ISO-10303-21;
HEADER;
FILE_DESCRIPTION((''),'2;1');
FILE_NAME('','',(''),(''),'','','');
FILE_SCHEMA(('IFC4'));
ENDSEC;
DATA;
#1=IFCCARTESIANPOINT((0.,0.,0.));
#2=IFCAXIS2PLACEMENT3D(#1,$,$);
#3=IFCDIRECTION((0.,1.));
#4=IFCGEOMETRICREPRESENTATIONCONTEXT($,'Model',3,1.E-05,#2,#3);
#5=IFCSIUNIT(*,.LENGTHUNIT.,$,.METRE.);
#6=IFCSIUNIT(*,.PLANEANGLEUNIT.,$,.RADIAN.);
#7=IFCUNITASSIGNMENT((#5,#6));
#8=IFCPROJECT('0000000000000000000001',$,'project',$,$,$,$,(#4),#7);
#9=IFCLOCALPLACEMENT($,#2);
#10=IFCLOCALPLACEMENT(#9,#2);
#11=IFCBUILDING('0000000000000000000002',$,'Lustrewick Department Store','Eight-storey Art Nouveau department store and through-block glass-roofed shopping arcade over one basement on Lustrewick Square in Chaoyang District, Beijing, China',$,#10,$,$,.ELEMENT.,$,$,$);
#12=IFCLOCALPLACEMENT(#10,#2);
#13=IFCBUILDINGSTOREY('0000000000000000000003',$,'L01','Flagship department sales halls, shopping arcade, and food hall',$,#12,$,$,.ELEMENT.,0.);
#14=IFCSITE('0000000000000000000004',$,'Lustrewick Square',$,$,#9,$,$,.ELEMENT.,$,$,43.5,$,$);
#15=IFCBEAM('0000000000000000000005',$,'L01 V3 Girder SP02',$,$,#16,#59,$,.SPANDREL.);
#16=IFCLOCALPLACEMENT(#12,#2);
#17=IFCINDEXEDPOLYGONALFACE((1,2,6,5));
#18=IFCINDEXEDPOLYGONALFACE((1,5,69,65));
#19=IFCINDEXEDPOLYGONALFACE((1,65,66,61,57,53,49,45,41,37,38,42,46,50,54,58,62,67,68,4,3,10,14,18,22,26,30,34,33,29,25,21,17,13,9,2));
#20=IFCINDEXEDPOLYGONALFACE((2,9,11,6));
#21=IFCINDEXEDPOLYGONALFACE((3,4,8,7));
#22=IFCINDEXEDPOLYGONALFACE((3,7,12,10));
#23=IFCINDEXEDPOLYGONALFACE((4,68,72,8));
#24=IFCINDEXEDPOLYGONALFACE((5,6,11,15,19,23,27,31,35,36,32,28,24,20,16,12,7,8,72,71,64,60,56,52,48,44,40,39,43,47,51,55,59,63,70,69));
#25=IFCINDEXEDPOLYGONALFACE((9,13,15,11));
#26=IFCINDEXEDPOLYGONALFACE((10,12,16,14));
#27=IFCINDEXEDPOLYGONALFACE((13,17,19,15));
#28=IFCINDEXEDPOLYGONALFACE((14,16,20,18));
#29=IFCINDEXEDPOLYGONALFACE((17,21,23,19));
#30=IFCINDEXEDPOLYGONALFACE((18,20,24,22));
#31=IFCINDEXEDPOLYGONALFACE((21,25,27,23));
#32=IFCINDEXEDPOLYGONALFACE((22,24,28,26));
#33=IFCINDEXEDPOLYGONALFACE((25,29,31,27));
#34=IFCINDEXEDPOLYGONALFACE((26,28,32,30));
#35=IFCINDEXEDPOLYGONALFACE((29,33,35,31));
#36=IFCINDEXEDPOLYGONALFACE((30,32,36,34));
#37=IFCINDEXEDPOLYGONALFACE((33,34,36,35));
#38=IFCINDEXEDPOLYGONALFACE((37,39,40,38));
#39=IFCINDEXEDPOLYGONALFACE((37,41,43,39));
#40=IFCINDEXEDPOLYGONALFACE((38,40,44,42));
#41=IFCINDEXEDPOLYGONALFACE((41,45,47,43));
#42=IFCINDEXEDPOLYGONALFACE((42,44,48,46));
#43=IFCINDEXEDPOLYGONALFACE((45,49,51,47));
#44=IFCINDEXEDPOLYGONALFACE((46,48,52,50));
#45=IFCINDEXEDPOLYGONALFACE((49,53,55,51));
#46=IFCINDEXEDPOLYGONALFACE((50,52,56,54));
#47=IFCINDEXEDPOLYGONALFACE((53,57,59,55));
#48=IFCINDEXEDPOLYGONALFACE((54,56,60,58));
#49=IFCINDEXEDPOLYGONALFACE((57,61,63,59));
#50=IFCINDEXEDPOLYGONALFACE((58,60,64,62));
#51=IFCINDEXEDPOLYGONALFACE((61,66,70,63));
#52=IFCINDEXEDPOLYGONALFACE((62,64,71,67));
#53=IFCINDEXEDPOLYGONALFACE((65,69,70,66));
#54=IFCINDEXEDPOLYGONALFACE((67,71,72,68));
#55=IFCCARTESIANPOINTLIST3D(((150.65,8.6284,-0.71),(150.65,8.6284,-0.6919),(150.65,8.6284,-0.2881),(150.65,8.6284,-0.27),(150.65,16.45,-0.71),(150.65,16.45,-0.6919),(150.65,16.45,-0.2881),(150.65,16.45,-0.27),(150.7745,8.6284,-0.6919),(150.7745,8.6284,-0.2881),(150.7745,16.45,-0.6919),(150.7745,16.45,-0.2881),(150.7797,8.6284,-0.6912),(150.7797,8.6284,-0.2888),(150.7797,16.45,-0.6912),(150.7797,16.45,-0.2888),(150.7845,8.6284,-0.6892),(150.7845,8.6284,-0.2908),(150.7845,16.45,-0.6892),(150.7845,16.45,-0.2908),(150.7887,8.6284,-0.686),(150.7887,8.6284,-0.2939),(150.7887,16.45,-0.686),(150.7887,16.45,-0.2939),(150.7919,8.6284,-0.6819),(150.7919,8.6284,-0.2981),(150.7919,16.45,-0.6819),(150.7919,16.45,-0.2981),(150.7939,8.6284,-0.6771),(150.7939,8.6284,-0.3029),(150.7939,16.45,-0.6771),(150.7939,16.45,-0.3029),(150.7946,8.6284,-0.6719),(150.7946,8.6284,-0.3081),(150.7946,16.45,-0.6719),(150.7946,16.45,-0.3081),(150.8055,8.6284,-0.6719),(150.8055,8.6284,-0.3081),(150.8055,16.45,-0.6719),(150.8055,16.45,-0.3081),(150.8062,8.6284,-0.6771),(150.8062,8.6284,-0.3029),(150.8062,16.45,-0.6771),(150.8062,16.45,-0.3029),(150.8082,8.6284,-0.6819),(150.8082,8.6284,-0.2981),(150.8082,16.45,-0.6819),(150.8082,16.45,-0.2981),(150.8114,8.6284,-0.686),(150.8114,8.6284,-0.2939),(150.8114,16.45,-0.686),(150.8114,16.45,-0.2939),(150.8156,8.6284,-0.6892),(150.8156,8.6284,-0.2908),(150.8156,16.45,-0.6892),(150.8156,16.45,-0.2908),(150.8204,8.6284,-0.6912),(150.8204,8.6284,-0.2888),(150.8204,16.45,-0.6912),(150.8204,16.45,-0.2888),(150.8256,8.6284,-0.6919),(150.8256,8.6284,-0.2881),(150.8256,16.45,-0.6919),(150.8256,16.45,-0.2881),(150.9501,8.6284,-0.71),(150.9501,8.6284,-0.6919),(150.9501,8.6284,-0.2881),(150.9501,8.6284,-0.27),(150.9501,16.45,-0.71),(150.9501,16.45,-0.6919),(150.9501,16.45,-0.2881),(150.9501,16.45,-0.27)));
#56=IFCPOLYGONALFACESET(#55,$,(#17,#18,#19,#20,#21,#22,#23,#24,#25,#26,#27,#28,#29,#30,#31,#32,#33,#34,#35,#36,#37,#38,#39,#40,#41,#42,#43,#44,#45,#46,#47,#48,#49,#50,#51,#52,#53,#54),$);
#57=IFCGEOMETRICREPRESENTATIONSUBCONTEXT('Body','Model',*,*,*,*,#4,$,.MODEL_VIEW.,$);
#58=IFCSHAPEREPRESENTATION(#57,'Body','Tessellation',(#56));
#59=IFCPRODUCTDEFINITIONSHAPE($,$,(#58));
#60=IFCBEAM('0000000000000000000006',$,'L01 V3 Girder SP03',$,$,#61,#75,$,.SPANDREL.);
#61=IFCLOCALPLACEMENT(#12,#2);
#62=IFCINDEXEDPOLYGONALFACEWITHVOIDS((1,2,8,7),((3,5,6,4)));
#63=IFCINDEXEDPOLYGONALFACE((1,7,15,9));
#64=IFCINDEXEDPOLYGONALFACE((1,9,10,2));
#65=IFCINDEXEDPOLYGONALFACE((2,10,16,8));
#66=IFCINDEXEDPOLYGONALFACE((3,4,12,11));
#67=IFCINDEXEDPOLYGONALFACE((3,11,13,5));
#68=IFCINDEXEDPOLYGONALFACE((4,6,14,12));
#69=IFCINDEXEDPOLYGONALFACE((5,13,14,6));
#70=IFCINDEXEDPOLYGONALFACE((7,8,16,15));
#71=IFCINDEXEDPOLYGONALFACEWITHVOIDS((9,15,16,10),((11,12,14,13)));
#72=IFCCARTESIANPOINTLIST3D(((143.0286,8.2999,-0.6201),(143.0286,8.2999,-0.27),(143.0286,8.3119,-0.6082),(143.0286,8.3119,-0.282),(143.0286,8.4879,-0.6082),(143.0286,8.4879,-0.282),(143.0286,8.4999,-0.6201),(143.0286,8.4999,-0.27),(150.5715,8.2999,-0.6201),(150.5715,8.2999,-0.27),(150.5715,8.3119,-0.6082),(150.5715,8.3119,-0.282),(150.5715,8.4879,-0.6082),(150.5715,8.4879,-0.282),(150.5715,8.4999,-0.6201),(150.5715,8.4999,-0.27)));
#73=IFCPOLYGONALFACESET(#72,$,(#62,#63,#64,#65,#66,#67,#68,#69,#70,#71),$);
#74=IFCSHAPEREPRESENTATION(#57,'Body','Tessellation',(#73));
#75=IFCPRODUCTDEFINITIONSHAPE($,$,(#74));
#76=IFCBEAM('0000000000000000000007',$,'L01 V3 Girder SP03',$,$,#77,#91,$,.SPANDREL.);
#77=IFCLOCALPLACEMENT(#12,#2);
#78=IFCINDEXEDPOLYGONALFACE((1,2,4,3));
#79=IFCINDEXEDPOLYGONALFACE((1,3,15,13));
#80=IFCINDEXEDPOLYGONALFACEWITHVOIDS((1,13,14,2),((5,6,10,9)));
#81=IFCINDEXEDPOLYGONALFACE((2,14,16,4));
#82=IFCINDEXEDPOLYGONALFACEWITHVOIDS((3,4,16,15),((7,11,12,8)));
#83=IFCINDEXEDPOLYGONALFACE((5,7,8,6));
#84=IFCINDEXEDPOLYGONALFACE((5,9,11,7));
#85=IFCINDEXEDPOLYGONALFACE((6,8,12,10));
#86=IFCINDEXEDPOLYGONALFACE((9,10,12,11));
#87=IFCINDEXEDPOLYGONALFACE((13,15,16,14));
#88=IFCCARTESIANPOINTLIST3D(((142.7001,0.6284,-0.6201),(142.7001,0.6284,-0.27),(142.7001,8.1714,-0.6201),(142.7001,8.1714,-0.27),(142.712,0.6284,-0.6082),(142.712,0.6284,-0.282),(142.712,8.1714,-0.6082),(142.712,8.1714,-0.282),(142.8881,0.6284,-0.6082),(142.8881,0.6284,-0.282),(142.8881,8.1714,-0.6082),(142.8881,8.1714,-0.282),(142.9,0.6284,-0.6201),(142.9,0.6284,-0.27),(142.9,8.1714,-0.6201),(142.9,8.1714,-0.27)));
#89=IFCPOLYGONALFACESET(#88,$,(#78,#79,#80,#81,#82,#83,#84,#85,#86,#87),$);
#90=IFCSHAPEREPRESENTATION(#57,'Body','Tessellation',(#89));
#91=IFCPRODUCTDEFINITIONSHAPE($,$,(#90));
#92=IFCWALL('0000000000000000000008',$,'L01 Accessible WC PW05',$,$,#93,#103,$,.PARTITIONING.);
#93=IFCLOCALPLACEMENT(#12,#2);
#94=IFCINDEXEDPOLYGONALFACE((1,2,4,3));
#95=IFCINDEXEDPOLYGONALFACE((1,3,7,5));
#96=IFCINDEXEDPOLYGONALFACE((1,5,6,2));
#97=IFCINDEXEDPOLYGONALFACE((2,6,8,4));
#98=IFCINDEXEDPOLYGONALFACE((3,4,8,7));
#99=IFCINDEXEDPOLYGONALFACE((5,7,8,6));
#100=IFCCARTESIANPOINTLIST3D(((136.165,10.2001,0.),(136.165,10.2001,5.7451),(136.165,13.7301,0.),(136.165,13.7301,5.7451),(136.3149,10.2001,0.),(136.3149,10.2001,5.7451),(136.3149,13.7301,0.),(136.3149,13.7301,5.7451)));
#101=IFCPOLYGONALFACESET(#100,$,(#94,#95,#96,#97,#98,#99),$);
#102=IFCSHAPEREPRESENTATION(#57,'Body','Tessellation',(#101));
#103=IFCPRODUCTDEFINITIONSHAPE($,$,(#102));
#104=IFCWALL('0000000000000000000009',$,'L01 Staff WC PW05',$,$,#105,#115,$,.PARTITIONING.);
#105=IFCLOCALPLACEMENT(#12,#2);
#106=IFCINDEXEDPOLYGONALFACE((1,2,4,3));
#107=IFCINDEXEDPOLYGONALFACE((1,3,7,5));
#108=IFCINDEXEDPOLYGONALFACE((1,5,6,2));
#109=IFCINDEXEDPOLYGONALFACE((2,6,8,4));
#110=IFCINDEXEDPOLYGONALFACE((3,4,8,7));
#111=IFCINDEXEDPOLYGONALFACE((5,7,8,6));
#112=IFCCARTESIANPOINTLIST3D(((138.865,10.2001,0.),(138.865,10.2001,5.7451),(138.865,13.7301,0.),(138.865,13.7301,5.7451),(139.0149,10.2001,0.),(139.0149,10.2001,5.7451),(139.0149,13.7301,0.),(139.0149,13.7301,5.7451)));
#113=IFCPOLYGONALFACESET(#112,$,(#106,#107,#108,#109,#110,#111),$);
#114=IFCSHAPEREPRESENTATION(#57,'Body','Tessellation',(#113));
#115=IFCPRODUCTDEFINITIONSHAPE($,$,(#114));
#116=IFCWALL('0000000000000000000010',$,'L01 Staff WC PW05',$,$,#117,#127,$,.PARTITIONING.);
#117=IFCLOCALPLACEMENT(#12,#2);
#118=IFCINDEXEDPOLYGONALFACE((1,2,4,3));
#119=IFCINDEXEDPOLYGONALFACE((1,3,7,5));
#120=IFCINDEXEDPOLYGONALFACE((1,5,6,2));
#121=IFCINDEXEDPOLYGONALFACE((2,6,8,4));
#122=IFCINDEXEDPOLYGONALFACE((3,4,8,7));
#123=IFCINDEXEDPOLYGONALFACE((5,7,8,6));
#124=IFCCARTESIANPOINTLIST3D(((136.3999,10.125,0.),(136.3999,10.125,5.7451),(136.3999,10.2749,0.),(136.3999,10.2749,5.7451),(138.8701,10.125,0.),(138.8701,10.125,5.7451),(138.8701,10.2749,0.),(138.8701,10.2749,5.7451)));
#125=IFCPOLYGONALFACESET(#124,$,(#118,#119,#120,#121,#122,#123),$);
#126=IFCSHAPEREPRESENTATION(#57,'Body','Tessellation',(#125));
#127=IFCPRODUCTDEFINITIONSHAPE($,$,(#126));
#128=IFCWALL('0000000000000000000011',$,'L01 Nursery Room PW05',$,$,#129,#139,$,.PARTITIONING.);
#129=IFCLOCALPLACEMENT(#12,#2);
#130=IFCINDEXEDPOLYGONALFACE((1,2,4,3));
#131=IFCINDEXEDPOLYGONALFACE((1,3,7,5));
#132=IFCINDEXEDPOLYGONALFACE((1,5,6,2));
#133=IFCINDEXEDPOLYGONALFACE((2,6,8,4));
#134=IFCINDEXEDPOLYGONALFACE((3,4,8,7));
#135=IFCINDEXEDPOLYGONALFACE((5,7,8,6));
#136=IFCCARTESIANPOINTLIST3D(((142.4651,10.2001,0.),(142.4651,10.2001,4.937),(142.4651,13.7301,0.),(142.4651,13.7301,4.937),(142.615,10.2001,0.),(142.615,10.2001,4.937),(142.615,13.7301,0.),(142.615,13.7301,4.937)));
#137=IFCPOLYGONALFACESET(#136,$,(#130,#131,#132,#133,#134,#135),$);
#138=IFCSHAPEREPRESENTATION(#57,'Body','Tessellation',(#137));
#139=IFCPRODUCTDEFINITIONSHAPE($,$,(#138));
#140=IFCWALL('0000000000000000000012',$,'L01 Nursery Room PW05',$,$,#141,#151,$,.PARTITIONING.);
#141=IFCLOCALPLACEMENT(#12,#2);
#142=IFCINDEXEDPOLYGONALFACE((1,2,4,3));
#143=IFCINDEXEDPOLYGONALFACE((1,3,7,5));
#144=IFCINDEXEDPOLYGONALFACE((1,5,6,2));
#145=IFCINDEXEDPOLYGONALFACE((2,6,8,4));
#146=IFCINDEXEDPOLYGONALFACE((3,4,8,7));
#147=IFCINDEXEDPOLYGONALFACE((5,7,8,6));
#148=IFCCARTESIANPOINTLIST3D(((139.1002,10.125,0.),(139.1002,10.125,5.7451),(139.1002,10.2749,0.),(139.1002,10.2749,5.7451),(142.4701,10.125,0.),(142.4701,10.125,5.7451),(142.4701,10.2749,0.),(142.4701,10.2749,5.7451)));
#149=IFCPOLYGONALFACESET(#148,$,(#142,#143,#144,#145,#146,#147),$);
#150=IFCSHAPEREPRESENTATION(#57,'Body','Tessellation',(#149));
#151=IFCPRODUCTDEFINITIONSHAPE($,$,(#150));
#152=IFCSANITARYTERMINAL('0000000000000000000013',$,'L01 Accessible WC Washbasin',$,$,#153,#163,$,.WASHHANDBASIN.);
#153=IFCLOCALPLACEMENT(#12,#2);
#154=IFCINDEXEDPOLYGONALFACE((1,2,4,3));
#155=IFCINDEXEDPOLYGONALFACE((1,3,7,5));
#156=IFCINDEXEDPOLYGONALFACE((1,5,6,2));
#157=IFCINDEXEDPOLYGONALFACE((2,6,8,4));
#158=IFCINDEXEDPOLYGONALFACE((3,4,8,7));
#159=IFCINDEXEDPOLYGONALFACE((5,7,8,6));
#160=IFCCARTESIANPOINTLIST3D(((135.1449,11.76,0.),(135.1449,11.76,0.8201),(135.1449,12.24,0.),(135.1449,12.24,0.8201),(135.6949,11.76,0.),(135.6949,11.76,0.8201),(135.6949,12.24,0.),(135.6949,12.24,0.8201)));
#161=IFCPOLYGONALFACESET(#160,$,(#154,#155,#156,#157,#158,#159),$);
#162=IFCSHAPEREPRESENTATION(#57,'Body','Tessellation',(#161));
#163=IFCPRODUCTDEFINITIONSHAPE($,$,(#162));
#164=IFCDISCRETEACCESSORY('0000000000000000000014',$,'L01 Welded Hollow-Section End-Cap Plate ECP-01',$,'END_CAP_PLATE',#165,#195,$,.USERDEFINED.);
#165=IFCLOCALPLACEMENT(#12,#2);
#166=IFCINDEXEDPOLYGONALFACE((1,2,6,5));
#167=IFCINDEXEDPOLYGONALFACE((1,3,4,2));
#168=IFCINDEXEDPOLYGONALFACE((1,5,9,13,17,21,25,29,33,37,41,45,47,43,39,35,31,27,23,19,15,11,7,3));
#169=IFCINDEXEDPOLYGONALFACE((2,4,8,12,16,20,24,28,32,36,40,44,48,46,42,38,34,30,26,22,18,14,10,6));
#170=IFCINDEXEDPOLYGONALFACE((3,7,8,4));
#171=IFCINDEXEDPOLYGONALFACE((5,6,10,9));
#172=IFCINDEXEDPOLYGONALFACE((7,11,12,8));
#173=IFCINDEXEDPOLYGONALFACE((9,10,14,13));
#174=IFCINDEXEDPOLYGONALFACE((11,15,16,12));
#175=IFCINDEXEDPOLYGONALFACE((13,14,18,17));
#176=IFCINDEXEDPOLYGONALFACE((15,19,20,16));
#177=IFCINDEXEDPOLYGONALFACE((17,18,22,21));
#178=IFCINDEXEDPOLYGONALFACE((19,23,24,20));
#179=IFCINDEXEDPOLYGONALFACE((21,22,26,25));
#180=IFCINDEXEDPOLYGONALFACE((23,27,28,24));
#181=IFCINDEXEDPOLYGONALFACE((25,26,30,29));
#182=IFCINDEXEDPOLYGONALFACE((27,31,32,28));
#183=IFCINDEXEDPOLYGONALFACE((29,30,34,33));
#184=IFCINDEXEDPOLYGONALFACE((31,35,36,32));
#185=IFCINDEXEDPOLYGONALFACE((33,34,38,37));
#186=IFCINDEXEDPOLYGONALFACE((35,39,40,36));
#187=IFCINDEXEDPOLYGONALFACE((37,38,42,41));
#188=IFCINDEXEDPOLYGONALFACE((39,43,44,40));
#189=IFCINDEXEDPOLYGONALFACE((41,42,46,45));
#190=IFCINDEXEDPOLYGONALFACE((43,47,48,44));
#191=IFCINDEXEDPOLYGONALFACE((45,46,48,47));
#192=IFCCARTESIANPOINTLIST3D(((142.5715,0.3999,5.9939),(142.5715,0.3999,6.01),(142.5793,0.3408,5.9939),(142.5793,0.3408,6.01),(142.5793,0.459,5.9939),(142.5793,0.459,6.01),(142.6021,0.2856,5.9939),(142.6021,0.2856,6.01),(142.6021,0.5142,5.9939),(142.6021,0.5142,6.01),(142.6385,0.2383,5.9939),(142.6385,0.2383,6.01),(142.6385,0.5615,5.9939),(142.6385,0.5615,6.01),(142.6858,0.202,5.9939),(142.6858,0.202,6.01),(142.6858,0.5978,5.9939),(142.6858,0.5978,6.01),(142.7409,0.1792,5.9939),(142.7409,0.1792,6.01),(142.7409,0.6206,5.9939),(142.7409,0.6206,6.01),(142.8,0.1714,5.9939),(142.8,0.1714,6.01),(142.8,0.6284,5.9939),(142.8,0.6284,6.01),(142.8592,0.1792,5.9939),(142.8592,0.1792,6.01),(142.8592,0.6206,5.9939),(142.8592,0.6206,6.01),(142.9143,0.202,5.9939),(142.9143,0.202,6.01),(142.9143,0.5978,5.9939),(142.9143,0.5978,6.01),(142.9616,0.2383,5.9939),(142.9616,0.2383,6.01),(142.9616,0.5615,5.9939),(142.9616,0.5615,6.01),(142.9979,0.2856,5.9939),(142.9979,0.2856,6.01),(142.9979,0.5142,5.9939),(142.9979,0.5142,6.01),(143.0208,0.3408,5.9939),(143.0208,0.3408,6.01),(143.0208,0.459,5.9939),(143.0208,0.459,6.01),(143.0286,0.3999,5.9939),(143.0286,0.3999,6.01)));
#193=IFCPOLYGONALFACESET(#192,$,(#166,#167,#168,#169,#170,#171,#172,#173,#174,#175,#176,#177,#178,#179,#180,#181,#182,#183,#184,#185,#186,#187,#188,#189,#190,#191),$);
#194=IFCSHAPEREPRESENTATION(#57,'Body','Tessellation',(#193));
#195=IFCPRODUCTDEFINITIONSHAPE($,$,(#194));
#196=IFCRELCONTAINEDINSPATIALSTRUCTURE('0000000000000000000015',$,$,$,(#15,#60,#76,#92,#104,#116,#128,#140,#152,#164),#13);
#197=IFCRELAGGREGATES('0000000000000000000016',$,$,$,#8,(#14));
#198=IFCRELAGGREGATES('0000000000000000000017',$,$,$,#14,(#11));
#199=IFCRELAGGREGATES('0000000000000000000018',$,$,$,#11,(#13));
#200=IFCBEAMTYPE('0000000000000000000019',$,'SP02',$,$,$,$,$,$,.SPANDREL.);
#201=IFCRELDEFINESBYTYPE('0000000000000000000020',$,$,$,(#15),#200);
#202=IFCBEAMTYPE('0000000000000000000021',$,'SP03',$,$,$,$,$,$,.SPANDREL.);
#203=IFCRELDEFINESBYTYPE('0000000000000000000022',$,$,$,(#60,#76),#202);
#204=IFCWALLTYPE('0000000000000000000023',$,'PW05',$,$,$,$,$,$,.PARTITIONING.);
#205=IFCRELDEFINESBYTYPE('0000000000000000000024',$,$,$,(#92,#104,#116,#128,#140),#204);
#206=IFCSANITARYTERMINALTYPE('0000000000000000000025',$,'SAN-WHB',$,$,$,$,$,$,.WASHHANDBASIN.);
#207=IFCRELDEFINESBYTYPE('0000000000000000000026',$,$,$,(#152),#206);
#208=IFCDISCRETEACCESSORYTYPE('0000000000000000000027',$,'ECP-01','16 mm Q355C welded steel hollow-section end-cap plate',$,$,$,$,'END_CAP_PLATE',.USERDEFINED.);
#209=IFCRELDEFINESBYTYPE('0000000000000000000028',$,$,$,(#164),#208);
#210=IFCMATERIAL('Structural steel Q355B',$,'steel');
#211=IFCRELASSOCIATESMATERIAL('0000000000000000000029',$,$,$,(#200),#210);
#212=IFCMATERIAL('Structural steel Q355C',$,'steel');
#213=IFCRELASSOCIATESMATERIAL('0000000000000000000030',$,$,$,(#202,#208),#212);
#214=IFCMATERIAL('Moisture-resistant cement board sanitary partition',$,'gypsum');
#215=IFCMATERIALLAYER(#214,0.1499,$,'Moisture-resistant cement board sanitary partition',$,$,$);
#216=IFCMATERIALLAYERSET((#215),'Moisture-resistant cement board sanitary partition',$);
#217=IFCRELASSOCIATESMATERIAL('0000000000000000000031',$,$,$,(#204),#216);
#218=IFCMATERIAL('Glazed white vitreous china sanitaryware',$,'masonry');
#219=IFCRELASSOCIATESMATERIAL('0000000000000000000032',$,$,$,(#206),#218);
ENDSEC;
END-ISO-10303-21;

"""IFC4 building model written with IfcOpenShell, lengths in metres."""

from ifc_helpers import new_model, si_unit, direction, frame, frame_2d, origin, origin_2d, place, context, subcontext, project, spatial, rectangle, hollow_rectangle, circle, i_section, extrude, material, layer, layer_set, material_profile, profile_set, type_object, element, save


model = new_model("IFC4")

# Units and contexts
model_context = context("Model", 3, precision=1e-05, world=origin(), true_north=direction((0.0, 1.0)))
body_context = subcontext(model_context, "Body", "Model", "MODEL_VIEW")
ifc_project = project(units=[si_unit("LENGTHUNIT", "METRE"), si_unit("PLANEANGLEUNIT", "RADIAN")], contexts=[model_context])

# Site, building, storey
site_placement = place(None, origin())
site = spatial("IfcSite", under=ifc_project, at=site_placement, Name="Lustrewick Square", CompositionType="ELEMENT", RefElevation=43.5)
building_placement = place(site_placement, origin())
building = spatial("IfcBuilding", under=site, at=building_placement, Name="Lustrewick Department Store", Description="Eight-storey Art Nouveau department store and through-block glass-roofed shopping arcade over one basement on Lustrewick Square in Chaoyang District, Beijing, China", CompositionType="ELEMENT")
storey_placement = place(building_placement, origin())
storey = spatial("IfcBuildingStorey", under=building, at=storey_placement, Name="L01", Description="Flagship department sales halls, shopping arcade, and food hall", CompositionType="ELEMENT", Elevation=0.0)

# Shared definitions
ifc_material_1 = material(Name="Structural steel Q355C", Category="steel")

# Beams
ifc_material_2 = material(Name="Structural steel Q355B", Category="steel")
ifc_material_profile_1 = material_profile(ifc_material_2, i_section(OverallWidth=0.3, OverallDepth=0.4399, WebThickness=0.011, FlangeThickness=0.0181, FilletRadius=0.02, at=origin_2d()), Name="HM 440x300x11x18")
ifc_profile_set_1 = profile_set([ifc_material_profile_1], Name="Structural steel Q355B")
beam_type_1 = type_object("IfcBeamType", Name="SP02", PredefinedType="SPANDREL", material=ifc_profile_set_1)
beam_1_placement = place(storey_placement, frame((150.8, 8.6284, -0.49), z_axis=(0.0, 1.0, 0.0), x_axis=(-1.0, 0.0, 0.0)))
element("IfcBeam", 1, at=beam_1_placement, inside=storey, type_object=beam_type_1, Name="L01 V3 Girder SP02", PredefinedType="SPANDREL", context=body_context, shape_type="SweptSolid", body=[
    extrude(i_section(OverallWidth=0.3, OverallDepth=0.4399, WebThickness=0.011, FlangeThickness=0.0181, FilletRadius=0.02, at=origin_2d()), origin(), (0.0, 0.0, 1.0), 7.8215),
])
ifc_material_profile_2 = material_profile(ifc_material_1, hollow_rectangle(XDim=0.2, YDim=0.3501, WallThickness=0.012, at=origin_2d()), Name="RHS 350x200x12")
ifc_profile_set_2 = profile_set([ifc_material_profile_2], Name="Structural steel Q355C")
beam_type_2 = type_object("IfcBeamType", Name="SP03", PredefinedType="SPANDREL", material=ifc_profile_set_2)
for number, where, z_axis, x_axis, name in (
    (2, (143.0286, 8.3999, -0.4451), (1.0, 0.0, 0.0), (0.0, 1.0, 0.0), "L01 V3 Girder SP03"),
    (3, (142.8, 0.6284, -0.4451), (0.0, 1.0, 0.0), (-1.0, 0.0, 0.0), "L01 V3 Girder SP03"),
):
    element("IfcBeam", number, at=place(storey_placement, frame(where, z_axis=z_axis, x_axis=x_axis)), inside=storey, type_object=beam_type_2, Name=name, PredefinedType="SPANDREL", context=body_context, shape_type="SweptSolid", body=[
        extrude(hollow_rectangle(XDim=0.2, YDim=0.3501, WallThickness=0.012, at=origin_2d()), origin(), (0.0, 0.0, 1.0), 7.543),
    ])

# Walls
ifc_material_3 = material(Name="Moisture-resistant cement board sanitary partition", Category="gypsum")
ifc_layer_1 = layer(ifc_material_3, 0.1499, Name="Moisture-resistant cement board sanitary partition")
ifc_layer_set_1 = layer_set([ifc_layer_1], Name="Moisture-resistant cement board sanitary partition")
wall_type_1 = type_object("IfcWallType", Name="PW05", PredefinedType="PARTITIONING", material=ifc_layer_set_1)
for number, where, z_axis, x_axis, name in (
    (4, (136.24, 10.2, 0.0), (0.0, 0.0, 1.0), (0.0, 1.0, 0.0), "L01 Accessible WC PW05"),
    (5, (138.9399, 10.2, 0.0), (0.0, 0.0, 1.0), (0.0, 1.0, 0.0), "L01 Staff WC PW05"),
):
    element("IfcWall", number, at=place(storey_placement, frame(where, z_axis=z_axis, x_axis=x_axis)), inside=storey, type_object=wall_type_1, Name=name, PredefinedType="PARTITIONING", context=body_context, shape_type="SweptSolid", body=[
        extrude(rectangle(XDim=3.53, YDim=0.1499, at=frame_2d((1.7651, 0.0))), origin(), (0.0, 0.0, 1.0), 5.7451),
    ])
wall_1_placement = place(storey_placement, frame((136.3999, 10.2, 0.0), z_axis=(0.0, 0.0, 1.0), x_axis=(1.0, 0.0, 0.0)))
element("IfcWall", 6, at=wall_1_placement, inside=storey, type_object=wall_type_1, Name="L01 Staff WC PW05", PredefinedType="PARTITIONING", context=body_context, shape_type="SweptSolid", body=[
    extrude(rectangle(XDim=2.4702, YDim=0.1499, at=frame_2d((1.2351, 0.0))), origin(), (0.0, 0.0, 1.0), 5.7451),
])
wall_2_placement = place(storey_placement, frame((142.54, 10.2, 0.0), z_axis=(0.0, 0.0, 1.0), x_axis=(0.0, 1.0, 0.0)))
element("IfcWall", 7, at=wall_2_placement, inside=storey, type_object=wall_type_1, Name="L01 Nursery Room PW05", PredefinedType="PARTITIONING", context=body_context, shape_type="SweptSolid", body=[
    extrude(rectangle(XDim=3.53, YDim=0.1499, at=frame_2d((1.7651, 0.0))), origin(), (0.0, 0.0, 1.0), 4.937),
])
wall_3_placement = place(storey_placement, frame((139.1001, 10.2, 0.0), z_axis=(0.0, 0.0, 1.0), x_axis=(1.0, 0.0, 0.0)))
element("IfcWall", 8, at=wall_3_placement, inside=storey, type_object=wall_type_1, Name="L01 Nursery Room PW05", PredefinedType="PARTITIONING", context=body_context, shape_type="SweptSolid", body=[
    extrude(rectangle(XDim=3.3699, YDim=0.1499, at=frame_2d((1.6851, 0.0))), origin(), (0.0, 0.0, 1.0), 5.7451),
])

# Sanitary terminal
ifc_material_4 = material(Name="Glazed white vitreous china sanitaryware", Category="masonry")
sanitary_terminal_type = type_object("IfcSanitaryTerminalType", Name="SAN-WHB", PredefinedType="WASHHANDBASIN", material=ifc_material_4)
sanitary_terminal_placement = place(storey_placement, frame((135.4199, 12.0, 0.0), z_axis=(0.0, 0.0, 1.0), x_axis=(1.0, 0.0, 0.0)))
element("IfcSanitaryTerminal", 9, at=sanitary_terminal_placement, inside=storey, type_object=sanitary_terminal_type, Name="L01 Accessible WC Washbasin", PredefinedType="WASHHANDBASIN", context=body_context, shape_type="SweptSolid", body=[
    extrude(rectangle(XDim=0.55, YDim=0.48, at=origin_2d()), origin(), (0.0, 0.0, 1.0), 0.8201),
])

# Discrete accessory
discrete_accessory_type = type_object("IfcDiscreteAccessoryType", Name="ECP-01", Description="16 mm Q355C welded steel hollow-section end-cap plate", ElementType="END_CAP_PLATE", PredefinedType="USERDEFINED", material=ifc_material_1)
discrete_accessory_placement = place(storey_placement, frame((142.8, 0.3999, 5.9939), z_axis=(0.0, 0.0, 1.0), x_axis=(1.0, 0.0, 0.0)))
element("IfcDiscreteAccessory", 10, at=discrete_accessory_placement, inside=storey, type_object=discrete_accessory_type, Name="L01 Welded Hollow-Section End-Cap Plate ECP-01", ObjectType="END_CAP_PLATE", PredefinedType="USERDEFINED", context=body_context, shape_type="SweptSolid", body=[
    extrude(circle(Radius=0.2285, at=origin_2d()), origin(), (0.0, 0.0, 1.0), 0.0161),
])

save(model, "model.ifc")
